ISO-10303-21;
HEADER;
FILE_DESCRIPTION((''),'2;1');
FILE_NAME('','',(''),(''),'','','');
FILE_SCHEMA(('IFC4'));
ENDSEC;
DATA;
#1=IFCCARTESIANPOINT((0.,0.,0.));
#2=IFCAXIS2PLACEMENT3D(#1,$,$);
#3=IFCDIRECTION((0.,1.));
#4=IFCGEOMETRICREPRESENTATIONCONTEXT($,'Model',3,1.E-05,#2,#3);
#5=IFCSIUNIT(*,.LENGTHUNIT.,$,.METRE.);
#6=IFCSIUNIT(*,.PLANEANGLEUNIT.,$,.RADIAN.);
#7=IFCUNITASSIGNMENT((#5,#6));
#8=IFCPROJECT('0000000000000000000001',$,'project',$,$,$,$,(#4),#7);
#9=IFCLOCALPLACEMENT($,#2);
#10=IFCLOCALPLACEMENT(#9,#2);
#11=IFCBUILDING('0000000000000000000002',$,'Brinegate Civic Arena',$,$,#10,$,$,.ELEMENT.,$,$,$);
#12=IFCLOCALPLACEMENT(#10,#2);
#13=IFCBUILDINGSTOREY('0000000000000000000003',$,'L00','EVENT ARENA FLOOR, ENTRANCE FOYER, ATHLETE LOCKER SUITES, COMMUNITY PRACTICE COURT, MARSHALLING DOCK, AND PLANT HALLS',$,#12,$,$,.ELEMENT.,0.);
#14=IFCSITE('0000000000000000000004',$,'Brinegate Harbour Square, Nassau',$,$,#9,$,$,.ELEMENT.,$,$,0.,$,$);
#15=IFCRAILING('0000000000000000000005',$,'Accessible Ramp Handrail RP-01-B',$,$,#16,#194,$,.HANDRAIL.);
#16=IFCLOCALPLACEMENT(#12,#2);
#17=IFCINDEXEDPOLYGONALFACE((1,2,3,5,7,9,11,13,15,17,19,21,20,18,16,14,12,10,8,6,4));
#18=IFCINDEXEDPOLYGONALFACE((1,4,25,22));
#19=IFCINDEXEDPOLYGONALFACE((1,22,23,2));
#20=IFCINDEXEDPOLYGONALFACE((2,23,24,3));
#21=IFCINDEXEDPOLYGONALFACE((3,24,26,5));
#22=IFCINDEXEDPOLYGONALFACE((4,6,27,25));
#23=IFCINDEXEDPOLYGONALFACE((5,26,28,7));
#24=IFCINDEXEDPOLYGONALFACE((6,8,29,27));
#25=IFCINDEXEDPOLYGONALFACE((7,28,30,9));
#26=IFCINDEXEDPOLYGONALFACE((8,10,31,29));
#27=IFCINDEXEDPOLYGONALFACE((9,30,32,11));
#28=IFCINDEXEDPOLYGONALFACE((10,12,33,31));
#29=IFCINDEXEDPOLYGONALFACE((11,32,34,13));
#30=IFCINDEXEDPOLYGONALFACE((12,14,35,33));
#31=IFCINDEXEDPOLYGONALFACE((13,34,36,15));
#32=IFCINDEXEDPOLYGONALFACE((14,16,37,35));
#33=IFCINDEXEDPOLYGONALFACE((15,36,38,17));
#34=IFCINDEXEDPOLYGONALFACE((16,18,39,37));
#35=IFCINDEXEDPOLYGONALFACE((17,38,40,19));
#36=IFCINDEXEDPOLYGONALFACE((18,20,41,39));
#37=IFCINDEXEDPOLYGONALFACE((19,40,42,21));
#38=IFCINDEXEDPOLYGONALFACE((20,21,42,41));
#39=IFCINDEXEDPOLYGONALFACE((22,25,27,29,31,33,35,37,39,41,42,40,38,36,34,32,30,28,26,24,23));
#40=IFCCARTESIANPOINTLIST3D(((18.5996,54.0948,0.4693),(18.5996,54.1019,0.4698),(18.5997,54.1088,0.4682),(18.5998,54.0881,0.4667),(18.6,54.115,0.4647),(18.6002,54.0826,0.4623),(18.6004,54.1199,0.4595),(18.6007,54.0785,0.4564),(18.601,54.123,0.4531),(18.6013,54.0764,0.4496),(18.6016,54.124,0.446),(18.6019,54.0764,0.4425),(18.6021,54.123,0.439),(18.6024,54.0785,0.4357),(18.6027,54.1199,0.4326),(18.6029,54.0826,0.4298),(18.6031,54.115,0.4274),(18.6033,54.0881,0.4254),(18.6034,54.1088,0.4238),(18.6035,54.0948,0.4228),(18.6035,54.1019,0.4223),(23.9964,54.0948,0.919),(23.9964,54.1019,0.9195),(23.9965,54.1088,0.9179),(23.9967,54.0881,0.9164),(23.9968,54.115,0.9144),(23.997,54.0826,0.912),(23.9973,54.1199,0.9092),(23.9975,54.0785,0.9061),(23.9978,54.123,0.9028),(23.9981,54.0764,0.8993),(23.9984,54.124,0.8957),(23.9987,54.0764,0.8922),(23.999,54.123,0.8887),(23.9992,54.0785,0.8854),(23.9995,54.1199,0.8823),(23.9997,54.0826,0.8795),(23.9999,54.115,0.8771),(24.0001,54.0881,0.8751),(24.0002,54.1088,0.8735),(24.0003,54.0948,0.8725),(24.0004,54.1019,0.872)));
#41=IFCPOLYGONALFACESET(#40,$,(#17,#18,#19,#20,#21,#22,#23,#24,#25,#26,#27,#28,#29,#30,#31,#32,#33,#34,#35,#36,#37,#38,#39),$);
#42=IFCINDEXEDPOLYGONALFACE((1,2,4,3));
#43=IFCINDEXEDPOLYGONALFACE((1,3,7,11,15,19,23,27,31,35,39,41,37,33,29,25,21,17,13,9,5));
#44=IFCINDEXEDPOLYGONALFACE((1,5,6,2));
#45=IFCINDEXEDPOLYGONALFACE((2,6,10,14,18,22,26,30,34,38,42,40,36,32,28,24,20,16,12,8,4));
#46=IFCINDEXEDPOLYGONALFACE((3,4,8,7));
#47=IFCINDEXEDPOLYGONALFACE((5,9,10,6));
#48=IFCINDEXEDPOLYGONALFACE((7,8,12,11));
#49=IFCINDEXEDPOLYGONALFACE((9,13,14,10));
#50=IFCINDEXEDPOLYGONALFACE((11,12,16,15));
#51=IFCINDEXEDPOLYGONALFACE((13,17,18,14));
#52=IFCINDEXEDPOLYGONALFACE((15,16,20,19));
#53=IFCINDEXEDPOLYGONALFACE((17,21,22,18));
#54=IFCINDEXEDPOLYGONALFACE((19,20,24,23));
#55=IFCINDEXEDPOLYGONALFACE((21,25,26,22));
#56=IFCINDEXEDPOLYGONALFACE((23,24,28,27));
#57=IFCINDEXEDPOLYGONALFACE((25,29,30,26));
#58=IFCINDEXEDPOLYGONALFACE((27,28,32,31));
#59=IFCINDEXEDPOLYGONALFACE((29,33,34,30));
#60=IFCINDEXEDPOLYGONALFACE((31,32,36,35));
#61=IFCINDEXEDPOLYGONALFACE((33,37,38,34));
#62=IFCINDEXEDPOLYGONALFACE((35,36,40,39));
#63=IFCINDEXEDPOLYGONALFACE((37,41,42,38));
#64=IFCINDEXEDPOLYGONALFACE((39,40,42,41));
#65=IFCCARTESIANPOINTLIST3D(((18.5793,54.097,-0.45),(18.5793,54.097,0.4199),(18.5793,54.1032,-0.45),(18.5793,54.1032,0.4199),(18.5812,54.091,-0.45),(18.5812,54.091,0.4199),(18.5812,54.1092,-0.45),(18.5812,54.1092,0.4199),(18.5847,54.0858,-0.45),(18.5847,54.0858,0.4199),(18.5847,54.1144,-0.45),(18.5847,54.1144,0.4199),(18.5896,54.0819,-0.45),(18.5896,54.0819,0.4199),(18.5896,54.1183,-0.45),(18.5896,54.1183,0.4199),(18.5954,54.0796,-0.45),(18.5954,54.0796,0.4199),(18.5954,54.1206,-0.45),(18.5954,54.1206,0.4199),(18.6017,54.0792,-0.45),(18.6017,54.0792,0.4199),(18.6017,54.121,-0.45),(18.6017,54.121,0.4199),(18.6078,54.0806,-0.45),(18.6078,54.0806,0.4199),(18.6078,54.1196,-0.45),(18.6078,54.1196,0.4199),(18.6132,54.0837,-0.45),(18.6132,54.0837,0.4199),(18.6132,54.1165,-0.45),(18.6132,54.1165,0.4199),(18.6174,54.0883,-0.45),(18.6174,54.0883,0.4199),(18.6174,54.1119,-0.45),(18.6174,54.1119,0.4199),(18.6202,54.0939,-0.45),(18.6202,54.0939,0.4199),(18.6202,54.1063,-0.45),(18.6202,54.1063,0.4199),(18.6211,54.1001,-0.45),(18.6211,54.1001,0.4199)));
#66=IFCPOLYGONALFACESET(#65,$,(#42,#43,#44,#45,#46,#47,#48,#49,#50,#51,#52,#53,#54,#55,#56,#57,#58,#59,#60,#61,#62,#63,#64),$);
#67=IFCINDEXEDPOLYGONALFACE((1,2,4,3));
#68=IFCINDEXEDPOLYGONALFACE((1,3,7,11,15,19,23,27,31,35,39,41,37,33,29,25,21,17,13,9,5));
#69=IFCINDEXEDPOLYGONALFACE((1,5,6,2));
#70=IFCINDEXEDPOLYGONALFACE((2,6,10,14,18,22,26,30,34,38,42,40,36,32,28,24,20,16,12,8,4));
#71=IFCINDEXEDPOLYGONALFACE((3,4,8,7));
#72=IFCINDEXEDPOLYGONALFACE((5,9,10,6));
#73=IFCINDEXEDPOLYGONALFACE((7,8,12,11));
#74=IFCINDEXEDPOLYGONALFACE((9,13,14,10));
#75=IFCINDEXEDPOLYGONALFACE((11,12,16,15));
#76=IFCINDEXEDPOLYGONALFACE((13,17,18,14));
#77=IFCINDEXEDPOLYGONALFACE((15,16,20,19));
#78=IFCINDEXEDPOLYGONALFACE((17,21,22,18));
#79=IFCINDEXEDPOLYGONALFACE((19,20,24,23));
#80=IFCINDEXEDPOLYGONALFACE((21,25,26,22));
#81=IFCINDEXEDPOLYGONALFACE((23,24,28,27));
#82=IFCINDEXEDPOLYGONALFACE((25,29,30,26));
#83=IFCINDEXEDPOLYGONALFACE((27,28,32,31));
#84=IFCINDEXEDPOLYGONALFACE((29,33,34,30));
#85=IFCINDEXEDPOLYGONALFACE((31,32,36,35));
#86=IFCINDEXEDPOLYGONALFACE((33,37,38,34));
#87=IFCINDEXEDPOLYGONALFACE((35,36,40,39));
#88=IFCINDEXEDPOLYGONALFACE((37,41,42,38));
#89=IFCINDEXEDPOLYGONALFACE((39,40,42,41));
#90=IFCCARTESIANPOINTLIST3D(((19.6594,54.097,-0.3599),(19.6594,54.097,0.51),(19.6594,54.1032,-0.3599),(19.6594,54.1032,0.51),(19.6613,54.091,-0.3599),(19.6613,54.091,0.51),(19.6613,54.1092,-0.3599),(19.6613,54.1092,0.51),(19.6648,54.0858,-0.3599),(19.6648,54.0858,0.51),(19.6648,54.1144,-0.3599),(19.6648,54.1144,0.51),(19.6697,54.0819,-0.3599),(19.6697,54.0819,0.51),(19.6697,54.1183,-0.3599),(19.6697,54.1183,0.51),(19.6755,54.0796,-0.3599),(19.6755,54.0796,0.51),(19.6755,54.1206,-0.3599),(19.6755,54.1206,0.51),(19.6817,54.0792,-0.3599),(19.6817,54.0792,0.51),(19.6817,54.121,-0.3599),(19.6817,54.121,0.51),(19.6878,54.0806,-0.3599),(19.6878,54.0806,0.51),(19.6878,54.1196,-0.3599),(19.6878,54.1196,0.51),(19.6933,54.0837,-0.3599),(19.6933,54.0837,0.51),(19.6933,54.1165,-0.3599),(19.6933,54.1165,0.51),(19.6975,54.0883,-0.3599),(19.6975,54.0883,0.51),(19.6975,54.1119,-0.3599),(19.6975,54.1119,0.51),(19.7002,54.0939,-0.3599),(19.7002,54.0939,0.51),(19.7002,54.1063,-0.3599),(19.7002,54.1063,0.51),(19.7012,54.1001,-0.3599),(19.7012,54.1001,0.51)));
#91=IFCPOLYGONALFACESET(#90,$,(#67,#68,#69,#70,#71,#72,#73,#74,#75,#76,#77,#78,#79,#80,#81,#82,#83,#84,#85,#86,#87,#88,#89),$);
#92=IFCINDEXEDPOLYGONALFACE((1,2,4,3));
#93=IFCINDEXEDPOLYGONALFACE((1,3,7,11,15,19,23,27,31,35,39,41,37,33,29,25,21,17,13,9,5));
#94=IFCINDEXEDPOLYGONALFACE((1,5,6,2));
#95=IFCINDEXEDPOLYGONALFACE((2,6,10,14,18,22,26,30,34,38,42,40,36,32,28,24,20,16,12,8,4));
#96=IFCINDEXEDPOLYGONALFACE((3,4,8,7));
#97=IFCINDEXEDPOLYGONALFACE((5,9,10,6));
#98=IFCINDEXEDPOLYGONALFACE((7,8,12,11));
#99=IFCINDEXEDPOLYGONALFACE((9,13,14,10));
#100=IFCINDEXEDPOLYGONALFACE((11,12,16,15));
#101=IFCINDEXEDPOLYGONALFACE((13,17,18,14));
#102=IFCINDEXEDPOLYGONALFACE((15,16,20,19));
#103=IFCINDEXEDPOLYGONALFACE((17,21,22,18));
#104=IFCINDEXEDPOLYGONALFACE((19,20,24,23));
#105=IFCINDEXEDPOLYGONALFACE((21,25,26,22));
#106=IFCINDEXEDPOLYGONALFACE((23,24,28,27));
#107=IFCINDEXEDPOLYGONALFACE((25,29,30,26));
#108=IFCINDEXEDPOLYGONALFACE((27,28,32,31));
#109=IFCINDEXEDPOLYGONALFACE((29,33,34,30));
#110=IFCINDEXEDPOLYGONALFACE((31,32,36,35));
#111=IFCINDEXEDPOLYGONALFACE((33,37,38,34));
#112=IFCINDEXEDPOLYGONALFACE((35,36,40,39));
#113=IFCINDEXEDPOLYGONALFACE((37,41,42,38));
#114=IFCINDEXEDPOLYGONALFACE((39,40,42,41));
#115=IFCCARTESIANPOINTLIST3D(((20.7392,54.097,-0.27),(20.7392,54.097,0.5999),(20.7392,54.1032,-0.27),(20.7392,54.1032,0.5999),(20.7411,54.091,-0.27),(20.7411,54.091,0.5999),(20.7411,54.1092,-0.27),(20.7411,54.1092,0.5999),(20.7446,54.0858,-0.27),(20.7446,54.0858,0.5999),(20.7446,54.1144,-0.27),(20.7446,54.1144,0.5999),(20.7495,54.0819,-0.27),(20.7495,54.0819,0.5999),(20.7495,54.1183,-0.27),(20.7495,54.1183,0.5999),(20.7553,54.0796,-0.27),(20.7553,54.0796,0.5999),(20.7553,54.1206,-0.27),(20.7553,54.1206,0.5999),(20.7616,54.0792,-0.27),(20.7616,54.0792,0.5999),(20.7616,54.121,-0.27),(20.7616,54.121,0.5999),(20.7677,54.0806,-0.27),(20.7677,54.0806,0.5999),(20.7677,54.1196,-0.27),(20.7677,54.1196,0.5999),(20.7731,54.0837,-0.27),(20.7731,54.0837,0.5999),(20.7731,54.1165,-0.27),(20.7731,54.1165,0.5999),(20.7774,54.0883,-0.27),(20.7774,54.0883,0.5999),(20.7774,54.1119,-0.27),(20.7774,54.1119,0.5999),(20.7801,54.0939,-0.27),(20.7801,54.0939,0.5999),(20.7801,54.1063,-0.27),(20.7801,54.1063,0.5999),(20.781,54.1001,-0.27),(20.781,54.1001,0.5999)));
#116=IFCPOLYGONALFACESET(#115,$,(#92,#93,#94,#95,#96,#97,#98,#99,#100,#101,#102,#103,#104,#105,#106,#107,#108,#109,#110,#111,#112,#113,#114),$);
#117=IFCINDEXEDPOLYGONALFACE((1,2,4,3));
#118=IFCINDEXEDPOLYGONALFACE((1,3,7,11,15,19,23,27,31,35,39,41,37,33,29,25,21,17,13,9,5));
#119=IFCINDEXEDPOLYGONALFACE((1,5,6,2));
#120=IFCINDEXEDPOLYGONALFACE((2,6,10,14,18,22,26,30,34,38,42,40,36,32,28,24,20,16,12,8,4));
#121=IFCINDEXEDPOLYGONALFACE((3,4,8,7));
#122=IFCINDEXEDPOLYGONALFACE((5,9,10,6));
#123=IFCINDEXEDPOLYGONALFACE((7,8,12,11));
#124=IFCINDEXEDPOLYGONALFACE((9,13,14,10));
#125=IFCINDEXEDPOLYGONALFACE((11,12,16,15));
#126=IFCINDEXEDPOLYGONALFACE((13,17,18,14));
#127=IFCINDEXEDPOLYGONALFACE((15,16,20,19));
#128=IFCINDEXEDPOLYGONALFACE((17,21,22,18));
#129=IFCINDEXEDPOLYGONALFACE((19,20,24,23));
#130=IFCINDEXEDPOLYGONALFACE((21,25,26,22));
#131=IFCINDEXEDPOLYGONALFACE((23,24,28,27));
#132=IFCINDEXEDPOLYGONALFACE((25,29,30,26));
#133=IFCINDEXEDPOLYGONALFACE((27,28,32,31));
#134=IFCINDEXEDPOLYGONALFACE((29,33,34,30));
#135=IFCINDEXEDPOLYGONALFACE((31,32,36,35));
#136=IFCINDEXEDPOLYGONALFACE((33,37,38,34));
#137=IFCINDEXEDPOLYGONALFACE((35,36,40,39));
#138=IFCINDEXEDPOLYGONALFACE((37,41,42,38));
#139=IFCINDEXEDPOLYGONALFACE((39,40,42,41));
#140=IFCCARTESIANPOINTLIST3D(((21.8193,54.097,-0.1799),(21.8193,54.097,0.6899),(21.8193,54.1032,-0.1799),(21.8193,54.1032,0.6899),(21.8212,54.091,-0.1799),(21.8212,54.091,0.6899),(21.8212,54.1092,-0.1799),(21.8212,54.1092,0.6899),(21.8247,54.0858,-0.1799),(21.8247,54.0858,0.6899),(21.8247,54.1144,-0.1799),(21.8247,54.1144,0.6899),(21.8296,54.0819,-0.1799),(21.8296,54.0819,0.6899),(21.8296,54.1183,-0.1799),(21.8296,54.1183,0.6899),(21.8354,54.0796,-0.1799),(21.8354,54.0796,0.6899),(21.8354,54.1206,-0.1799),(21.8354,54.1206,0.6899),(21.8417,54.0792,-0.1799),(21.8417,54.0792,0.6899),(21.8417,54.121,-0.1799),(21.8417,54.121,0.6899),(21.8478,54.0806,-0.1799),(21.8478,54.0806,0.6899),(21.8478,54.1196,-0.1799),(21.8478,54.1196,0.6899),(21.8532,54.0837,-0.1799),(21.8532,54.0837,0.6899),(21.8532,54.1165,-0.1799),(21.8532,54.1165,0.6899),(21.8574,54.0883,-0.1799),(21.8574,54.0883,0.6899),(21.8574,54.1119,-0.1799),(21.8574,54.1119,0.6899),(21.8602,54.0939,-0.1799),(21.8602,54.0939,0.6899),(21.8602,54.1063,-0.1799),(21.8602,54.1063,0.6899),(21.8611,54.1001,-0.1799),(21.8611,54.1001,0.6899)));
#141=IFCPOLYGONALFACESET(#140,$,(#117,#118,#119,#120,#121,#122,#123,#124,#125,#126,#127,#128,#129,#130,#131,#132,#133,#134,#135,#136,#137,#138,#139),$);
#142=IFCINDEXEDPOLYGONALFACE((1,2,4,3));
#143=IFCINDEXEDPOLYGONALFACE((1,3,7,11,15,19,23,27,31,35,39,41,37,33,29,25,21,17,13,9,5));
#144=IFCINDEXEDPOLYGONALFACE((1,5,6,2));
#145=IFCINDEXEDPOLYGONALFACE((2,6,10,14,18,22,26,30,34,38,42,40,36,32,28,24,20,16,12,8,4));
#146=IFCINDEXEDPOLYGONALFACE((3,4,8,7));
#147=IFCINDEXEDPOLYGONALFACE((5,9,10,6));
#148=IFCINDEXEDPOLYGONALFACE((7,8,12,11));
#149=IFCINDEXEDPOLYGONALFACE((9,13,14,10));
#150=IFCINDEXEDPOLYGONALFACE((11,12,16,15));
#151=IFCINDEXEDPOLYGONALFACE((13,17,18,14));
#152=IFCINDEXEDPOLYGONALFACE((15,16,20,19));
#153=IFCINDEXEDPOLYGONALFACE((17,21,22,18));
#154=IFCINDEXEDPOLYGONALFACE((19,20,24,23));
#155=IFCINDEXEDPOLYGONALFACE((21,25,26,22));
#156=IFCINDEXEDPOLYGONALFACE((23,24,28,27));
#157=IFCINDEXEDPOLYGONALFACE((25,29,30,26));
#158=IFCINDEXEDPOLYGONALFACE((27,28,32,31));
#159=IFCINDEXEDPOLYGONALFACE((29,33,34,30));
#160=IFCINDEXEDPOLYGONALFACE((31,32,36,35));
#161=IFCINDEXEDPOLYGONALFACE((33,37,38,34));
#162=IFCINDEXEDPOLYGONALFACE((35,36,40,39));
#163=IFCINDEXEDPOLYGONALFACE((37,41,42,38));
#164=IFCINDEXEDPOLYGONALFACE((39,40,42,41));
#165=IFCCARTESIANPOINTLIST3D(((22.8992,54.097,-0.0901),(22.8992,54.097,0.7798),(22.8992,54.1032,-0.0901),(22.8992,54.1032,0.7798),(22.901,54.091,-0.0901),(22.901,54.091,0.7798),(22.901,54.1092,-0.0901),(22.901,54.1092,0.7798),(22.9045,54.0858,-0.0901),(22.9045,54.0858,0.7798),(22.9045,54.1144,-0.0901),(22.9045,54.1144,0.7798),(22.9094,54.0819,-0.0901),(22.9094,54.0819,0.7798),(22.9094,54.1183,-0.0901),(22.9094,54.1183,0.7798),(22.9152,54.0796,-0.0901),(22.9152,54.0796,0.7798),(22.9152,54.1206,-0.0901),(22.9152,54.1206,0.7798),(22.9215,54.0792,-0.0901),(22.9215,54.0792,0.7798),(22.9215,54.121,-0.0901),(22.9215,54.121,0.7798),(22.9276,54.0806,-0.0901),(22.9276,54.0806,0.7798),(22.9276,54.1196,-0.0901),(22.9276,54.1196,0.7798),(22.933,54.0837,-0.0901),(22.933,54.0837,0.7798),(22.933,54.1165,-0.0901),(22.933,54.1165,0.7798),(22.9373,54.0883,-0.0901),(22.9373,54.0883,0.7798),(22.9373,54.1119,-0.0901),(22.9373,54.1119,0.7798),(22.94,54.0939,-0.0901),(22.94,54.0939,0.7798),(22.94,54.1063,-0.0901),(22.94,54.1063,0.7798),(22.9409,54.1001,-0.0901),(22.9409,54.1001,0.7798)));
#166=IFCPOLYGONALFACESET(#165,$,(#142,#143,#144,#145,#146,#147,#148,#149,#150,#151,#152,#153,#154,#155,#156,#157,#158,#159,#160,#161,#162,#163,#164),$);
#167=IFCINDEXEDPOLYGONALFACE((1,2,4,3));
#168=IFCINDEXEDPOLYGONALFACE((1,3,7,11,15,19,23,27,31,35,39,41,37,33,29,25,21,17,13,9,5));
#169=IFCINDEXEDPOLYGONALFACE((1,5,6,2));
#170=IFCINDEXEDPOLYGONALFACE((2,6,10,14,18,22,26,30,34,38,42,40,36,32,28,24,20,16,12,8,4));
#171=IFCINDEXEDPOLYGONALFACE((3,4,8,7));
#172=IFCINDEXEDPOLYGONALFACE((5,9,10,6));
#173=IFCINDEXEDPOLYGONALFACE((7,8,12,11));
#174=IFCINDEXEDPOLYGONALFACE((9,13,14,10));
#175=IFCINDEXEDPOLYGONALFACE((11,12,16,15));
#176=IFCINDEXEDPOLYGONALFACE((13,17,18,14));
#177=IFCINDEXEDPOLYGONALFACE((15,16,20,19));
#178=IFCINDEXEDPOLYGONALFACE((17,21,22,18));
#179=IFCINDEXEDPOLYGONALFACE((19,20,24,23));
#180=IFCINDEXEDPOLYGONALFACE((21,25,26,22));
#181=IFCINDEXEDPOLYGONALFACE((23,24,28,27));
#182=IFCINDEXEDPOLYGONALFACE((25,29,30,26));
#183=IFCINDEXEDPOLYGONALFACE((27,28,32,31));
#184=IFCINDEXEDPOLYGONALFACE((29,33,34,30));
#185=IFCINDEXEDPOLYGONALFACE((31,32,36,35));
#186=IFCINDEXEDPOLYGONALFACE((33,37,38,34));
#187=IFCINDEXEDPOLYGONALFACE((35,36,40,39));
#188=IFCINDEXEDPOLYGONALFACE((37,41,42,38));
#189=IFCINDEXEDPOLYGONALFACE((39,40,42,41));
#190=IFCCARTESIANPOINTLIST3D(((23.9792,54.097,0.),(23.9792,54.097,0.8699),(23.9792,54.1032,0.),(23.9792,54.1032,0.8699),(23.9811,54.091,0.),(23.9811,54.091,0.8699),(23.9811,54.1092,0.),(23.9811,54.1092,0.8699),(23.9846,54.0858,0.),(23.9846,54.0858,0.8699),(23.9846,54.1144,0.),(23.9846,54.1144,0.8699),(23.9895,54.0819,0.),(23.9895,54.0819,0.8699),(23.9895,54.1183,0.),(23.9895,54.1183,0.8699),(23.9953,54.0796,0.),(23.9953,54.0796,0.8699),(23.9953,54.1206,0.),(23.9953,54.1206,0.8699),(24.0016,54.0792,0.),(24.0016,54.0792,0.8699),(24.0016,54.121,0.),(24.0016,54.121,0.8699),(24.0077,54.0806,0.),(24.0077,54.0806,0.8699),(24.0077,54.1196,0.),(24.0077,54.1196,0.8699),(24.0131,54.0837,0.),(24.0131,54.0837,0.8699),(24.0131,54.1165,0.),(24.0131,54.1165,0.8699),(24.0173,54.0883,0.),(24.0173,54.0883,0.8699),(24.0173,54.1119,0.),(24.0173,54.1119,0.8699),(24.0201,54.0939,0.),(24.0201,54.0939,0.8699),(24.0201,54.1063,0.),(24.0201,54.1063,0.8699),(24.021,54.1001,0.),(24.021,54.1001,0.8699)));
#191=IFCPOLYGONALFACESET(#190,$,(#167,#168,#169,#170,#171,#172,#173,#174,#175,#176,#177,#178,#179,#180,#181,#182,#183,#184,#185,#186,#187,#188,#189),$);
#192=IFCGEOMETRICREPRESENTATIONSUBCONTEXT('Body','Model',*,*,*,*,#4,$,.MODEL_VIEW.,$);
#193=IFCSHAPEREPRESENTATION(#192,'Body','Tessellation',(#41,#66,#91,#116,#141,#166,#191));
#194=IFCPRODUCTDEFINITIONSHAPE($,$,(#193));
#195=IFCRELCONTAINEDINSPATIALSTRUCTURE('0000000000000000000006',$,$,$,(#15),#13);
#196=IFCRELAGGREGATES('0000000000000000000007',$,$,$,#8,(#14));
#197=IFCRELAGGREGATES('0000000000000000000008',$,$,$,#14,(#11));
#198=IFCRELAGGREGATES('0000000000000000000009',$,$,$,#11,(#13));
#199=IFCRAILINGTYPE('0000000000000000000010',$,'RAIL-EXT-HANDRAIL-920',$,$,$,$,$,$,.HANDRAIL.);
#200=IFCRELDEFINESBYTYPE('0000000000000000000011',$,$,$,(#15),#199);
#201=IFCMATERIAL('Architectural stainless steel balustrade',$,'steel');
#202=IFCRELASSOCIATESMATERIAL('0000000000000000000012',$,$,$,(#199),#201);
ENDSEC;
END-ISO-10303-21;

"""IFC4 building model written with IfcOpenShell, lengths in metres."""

from ifc_helpers import new_model, si_unit, direction, frame, origin, origin_2d, place, context, subcontext, project, spatial, circle, extrude, material, type_object, element, save


model = new_model("IFC4")

# Units and contexts
model_context = context("Model", 3, precision=1e-05, world=origin(), true_north=direction((0.0, 1.0)))
body_context = subcontext(model_context, "Body", "Model", "MODEL_VIEW")
ifc_project = project(units=[si_unit("LENGTHUNIT", "METRE"), si_unit("PLANEANGLEUNIT", "RADIAN")], contexts=[model_context])

# Site, building, storey
site_placement = place(None, origin())
site = spatial("IfcSite", under=ifc_project, at=site_placement, Name="Brinegate Harbour Square, Nassau", CompositionType="ELEMENT", RefElevation=0.0)
building_placement = place(site_placement, origin())
building = spatial("IfcBuilding", under=site, at=building_placement, Name="Brinegate Civic Arena", CompositionType="ELEMENT")
storey_placement = place(building_placement, origin())
storey = spatial("IfcBuildingStorey", under=building, at=storey_placement, Name="L00", Description="EVENT ARENA FLOOR, ENTRANCE FOYER, ATHLETE LOCKER SUITES, COMMUNITY PRACTICE COURT, MARSHALLING DOCK, AND PLANT HALLS", CompositionType="ELEMENT", Elevation=0.0)

# Railing
ifc_material_1 = material(Name="Architectural stainless steel balustrade", Category="steel")
railing_type = type_object("IfcRailingType", Name="RAIL-EXT-HANDRAIL-920", PredefinedType="HANDRAIL", material=ifc_material_1)
for number, where, name in (
    (1, (18.6001, 54.1001, -0.45), "Accessible Ramp Handrail RP-01-B"),
):
    element("IfcRailing", number, at=place(storey_placement, frame(where)), inside=storey, type_object=railing_type, Name=name, PredefinedType="HANDRAIL", context=body_context, shape_type="SweptSolid", body=[
        extrude(circle(Radius=0.0239, at=origin_2d()), frame((0.0015, 0.0, 0.896), z_axis=(0.996546, 0.0, 0.083038), x_axis=(0.0, 1.0, 0.0)), (0.0, 0.0, 1.0), 5.4155),
        extrude(circle(Radius=0.021, at=origin_2d()), origin(), (0.0, 0.0, 1.0), 0.8699),
        extrude(circle(Radius=0.021, at=origin_2d()), frame((1.0801, 0.0, 0.0901)), (0.0, 0.0, 1.0), 0.8699),
        extrude(circle(Radius=0.021, at=origin_2d()), frame((2.1599, 0.0, 0.1799)), (0.0, 0.0, 1.0), 0.8699),
        extrude(circle(Radius=0.021, at=origin_2d()), frame((3.24, 0.0, 0.27)), (0.0, 0.0, 1.0), 0.8699),
        extrude(circle(Radius=0.021, at=origin_2d()), frame((4.3198, 0.0, 0.3599)), (0.0, 0.0, 1.0), 0.8699),
        extrude(circle(Radius=0.021, at=origin_2d()), frame((5.3999, 0.0, 0.45)), (0.0, 0.0, 1.0), 0.8699),
    ])

save(model, "model.ifc")
